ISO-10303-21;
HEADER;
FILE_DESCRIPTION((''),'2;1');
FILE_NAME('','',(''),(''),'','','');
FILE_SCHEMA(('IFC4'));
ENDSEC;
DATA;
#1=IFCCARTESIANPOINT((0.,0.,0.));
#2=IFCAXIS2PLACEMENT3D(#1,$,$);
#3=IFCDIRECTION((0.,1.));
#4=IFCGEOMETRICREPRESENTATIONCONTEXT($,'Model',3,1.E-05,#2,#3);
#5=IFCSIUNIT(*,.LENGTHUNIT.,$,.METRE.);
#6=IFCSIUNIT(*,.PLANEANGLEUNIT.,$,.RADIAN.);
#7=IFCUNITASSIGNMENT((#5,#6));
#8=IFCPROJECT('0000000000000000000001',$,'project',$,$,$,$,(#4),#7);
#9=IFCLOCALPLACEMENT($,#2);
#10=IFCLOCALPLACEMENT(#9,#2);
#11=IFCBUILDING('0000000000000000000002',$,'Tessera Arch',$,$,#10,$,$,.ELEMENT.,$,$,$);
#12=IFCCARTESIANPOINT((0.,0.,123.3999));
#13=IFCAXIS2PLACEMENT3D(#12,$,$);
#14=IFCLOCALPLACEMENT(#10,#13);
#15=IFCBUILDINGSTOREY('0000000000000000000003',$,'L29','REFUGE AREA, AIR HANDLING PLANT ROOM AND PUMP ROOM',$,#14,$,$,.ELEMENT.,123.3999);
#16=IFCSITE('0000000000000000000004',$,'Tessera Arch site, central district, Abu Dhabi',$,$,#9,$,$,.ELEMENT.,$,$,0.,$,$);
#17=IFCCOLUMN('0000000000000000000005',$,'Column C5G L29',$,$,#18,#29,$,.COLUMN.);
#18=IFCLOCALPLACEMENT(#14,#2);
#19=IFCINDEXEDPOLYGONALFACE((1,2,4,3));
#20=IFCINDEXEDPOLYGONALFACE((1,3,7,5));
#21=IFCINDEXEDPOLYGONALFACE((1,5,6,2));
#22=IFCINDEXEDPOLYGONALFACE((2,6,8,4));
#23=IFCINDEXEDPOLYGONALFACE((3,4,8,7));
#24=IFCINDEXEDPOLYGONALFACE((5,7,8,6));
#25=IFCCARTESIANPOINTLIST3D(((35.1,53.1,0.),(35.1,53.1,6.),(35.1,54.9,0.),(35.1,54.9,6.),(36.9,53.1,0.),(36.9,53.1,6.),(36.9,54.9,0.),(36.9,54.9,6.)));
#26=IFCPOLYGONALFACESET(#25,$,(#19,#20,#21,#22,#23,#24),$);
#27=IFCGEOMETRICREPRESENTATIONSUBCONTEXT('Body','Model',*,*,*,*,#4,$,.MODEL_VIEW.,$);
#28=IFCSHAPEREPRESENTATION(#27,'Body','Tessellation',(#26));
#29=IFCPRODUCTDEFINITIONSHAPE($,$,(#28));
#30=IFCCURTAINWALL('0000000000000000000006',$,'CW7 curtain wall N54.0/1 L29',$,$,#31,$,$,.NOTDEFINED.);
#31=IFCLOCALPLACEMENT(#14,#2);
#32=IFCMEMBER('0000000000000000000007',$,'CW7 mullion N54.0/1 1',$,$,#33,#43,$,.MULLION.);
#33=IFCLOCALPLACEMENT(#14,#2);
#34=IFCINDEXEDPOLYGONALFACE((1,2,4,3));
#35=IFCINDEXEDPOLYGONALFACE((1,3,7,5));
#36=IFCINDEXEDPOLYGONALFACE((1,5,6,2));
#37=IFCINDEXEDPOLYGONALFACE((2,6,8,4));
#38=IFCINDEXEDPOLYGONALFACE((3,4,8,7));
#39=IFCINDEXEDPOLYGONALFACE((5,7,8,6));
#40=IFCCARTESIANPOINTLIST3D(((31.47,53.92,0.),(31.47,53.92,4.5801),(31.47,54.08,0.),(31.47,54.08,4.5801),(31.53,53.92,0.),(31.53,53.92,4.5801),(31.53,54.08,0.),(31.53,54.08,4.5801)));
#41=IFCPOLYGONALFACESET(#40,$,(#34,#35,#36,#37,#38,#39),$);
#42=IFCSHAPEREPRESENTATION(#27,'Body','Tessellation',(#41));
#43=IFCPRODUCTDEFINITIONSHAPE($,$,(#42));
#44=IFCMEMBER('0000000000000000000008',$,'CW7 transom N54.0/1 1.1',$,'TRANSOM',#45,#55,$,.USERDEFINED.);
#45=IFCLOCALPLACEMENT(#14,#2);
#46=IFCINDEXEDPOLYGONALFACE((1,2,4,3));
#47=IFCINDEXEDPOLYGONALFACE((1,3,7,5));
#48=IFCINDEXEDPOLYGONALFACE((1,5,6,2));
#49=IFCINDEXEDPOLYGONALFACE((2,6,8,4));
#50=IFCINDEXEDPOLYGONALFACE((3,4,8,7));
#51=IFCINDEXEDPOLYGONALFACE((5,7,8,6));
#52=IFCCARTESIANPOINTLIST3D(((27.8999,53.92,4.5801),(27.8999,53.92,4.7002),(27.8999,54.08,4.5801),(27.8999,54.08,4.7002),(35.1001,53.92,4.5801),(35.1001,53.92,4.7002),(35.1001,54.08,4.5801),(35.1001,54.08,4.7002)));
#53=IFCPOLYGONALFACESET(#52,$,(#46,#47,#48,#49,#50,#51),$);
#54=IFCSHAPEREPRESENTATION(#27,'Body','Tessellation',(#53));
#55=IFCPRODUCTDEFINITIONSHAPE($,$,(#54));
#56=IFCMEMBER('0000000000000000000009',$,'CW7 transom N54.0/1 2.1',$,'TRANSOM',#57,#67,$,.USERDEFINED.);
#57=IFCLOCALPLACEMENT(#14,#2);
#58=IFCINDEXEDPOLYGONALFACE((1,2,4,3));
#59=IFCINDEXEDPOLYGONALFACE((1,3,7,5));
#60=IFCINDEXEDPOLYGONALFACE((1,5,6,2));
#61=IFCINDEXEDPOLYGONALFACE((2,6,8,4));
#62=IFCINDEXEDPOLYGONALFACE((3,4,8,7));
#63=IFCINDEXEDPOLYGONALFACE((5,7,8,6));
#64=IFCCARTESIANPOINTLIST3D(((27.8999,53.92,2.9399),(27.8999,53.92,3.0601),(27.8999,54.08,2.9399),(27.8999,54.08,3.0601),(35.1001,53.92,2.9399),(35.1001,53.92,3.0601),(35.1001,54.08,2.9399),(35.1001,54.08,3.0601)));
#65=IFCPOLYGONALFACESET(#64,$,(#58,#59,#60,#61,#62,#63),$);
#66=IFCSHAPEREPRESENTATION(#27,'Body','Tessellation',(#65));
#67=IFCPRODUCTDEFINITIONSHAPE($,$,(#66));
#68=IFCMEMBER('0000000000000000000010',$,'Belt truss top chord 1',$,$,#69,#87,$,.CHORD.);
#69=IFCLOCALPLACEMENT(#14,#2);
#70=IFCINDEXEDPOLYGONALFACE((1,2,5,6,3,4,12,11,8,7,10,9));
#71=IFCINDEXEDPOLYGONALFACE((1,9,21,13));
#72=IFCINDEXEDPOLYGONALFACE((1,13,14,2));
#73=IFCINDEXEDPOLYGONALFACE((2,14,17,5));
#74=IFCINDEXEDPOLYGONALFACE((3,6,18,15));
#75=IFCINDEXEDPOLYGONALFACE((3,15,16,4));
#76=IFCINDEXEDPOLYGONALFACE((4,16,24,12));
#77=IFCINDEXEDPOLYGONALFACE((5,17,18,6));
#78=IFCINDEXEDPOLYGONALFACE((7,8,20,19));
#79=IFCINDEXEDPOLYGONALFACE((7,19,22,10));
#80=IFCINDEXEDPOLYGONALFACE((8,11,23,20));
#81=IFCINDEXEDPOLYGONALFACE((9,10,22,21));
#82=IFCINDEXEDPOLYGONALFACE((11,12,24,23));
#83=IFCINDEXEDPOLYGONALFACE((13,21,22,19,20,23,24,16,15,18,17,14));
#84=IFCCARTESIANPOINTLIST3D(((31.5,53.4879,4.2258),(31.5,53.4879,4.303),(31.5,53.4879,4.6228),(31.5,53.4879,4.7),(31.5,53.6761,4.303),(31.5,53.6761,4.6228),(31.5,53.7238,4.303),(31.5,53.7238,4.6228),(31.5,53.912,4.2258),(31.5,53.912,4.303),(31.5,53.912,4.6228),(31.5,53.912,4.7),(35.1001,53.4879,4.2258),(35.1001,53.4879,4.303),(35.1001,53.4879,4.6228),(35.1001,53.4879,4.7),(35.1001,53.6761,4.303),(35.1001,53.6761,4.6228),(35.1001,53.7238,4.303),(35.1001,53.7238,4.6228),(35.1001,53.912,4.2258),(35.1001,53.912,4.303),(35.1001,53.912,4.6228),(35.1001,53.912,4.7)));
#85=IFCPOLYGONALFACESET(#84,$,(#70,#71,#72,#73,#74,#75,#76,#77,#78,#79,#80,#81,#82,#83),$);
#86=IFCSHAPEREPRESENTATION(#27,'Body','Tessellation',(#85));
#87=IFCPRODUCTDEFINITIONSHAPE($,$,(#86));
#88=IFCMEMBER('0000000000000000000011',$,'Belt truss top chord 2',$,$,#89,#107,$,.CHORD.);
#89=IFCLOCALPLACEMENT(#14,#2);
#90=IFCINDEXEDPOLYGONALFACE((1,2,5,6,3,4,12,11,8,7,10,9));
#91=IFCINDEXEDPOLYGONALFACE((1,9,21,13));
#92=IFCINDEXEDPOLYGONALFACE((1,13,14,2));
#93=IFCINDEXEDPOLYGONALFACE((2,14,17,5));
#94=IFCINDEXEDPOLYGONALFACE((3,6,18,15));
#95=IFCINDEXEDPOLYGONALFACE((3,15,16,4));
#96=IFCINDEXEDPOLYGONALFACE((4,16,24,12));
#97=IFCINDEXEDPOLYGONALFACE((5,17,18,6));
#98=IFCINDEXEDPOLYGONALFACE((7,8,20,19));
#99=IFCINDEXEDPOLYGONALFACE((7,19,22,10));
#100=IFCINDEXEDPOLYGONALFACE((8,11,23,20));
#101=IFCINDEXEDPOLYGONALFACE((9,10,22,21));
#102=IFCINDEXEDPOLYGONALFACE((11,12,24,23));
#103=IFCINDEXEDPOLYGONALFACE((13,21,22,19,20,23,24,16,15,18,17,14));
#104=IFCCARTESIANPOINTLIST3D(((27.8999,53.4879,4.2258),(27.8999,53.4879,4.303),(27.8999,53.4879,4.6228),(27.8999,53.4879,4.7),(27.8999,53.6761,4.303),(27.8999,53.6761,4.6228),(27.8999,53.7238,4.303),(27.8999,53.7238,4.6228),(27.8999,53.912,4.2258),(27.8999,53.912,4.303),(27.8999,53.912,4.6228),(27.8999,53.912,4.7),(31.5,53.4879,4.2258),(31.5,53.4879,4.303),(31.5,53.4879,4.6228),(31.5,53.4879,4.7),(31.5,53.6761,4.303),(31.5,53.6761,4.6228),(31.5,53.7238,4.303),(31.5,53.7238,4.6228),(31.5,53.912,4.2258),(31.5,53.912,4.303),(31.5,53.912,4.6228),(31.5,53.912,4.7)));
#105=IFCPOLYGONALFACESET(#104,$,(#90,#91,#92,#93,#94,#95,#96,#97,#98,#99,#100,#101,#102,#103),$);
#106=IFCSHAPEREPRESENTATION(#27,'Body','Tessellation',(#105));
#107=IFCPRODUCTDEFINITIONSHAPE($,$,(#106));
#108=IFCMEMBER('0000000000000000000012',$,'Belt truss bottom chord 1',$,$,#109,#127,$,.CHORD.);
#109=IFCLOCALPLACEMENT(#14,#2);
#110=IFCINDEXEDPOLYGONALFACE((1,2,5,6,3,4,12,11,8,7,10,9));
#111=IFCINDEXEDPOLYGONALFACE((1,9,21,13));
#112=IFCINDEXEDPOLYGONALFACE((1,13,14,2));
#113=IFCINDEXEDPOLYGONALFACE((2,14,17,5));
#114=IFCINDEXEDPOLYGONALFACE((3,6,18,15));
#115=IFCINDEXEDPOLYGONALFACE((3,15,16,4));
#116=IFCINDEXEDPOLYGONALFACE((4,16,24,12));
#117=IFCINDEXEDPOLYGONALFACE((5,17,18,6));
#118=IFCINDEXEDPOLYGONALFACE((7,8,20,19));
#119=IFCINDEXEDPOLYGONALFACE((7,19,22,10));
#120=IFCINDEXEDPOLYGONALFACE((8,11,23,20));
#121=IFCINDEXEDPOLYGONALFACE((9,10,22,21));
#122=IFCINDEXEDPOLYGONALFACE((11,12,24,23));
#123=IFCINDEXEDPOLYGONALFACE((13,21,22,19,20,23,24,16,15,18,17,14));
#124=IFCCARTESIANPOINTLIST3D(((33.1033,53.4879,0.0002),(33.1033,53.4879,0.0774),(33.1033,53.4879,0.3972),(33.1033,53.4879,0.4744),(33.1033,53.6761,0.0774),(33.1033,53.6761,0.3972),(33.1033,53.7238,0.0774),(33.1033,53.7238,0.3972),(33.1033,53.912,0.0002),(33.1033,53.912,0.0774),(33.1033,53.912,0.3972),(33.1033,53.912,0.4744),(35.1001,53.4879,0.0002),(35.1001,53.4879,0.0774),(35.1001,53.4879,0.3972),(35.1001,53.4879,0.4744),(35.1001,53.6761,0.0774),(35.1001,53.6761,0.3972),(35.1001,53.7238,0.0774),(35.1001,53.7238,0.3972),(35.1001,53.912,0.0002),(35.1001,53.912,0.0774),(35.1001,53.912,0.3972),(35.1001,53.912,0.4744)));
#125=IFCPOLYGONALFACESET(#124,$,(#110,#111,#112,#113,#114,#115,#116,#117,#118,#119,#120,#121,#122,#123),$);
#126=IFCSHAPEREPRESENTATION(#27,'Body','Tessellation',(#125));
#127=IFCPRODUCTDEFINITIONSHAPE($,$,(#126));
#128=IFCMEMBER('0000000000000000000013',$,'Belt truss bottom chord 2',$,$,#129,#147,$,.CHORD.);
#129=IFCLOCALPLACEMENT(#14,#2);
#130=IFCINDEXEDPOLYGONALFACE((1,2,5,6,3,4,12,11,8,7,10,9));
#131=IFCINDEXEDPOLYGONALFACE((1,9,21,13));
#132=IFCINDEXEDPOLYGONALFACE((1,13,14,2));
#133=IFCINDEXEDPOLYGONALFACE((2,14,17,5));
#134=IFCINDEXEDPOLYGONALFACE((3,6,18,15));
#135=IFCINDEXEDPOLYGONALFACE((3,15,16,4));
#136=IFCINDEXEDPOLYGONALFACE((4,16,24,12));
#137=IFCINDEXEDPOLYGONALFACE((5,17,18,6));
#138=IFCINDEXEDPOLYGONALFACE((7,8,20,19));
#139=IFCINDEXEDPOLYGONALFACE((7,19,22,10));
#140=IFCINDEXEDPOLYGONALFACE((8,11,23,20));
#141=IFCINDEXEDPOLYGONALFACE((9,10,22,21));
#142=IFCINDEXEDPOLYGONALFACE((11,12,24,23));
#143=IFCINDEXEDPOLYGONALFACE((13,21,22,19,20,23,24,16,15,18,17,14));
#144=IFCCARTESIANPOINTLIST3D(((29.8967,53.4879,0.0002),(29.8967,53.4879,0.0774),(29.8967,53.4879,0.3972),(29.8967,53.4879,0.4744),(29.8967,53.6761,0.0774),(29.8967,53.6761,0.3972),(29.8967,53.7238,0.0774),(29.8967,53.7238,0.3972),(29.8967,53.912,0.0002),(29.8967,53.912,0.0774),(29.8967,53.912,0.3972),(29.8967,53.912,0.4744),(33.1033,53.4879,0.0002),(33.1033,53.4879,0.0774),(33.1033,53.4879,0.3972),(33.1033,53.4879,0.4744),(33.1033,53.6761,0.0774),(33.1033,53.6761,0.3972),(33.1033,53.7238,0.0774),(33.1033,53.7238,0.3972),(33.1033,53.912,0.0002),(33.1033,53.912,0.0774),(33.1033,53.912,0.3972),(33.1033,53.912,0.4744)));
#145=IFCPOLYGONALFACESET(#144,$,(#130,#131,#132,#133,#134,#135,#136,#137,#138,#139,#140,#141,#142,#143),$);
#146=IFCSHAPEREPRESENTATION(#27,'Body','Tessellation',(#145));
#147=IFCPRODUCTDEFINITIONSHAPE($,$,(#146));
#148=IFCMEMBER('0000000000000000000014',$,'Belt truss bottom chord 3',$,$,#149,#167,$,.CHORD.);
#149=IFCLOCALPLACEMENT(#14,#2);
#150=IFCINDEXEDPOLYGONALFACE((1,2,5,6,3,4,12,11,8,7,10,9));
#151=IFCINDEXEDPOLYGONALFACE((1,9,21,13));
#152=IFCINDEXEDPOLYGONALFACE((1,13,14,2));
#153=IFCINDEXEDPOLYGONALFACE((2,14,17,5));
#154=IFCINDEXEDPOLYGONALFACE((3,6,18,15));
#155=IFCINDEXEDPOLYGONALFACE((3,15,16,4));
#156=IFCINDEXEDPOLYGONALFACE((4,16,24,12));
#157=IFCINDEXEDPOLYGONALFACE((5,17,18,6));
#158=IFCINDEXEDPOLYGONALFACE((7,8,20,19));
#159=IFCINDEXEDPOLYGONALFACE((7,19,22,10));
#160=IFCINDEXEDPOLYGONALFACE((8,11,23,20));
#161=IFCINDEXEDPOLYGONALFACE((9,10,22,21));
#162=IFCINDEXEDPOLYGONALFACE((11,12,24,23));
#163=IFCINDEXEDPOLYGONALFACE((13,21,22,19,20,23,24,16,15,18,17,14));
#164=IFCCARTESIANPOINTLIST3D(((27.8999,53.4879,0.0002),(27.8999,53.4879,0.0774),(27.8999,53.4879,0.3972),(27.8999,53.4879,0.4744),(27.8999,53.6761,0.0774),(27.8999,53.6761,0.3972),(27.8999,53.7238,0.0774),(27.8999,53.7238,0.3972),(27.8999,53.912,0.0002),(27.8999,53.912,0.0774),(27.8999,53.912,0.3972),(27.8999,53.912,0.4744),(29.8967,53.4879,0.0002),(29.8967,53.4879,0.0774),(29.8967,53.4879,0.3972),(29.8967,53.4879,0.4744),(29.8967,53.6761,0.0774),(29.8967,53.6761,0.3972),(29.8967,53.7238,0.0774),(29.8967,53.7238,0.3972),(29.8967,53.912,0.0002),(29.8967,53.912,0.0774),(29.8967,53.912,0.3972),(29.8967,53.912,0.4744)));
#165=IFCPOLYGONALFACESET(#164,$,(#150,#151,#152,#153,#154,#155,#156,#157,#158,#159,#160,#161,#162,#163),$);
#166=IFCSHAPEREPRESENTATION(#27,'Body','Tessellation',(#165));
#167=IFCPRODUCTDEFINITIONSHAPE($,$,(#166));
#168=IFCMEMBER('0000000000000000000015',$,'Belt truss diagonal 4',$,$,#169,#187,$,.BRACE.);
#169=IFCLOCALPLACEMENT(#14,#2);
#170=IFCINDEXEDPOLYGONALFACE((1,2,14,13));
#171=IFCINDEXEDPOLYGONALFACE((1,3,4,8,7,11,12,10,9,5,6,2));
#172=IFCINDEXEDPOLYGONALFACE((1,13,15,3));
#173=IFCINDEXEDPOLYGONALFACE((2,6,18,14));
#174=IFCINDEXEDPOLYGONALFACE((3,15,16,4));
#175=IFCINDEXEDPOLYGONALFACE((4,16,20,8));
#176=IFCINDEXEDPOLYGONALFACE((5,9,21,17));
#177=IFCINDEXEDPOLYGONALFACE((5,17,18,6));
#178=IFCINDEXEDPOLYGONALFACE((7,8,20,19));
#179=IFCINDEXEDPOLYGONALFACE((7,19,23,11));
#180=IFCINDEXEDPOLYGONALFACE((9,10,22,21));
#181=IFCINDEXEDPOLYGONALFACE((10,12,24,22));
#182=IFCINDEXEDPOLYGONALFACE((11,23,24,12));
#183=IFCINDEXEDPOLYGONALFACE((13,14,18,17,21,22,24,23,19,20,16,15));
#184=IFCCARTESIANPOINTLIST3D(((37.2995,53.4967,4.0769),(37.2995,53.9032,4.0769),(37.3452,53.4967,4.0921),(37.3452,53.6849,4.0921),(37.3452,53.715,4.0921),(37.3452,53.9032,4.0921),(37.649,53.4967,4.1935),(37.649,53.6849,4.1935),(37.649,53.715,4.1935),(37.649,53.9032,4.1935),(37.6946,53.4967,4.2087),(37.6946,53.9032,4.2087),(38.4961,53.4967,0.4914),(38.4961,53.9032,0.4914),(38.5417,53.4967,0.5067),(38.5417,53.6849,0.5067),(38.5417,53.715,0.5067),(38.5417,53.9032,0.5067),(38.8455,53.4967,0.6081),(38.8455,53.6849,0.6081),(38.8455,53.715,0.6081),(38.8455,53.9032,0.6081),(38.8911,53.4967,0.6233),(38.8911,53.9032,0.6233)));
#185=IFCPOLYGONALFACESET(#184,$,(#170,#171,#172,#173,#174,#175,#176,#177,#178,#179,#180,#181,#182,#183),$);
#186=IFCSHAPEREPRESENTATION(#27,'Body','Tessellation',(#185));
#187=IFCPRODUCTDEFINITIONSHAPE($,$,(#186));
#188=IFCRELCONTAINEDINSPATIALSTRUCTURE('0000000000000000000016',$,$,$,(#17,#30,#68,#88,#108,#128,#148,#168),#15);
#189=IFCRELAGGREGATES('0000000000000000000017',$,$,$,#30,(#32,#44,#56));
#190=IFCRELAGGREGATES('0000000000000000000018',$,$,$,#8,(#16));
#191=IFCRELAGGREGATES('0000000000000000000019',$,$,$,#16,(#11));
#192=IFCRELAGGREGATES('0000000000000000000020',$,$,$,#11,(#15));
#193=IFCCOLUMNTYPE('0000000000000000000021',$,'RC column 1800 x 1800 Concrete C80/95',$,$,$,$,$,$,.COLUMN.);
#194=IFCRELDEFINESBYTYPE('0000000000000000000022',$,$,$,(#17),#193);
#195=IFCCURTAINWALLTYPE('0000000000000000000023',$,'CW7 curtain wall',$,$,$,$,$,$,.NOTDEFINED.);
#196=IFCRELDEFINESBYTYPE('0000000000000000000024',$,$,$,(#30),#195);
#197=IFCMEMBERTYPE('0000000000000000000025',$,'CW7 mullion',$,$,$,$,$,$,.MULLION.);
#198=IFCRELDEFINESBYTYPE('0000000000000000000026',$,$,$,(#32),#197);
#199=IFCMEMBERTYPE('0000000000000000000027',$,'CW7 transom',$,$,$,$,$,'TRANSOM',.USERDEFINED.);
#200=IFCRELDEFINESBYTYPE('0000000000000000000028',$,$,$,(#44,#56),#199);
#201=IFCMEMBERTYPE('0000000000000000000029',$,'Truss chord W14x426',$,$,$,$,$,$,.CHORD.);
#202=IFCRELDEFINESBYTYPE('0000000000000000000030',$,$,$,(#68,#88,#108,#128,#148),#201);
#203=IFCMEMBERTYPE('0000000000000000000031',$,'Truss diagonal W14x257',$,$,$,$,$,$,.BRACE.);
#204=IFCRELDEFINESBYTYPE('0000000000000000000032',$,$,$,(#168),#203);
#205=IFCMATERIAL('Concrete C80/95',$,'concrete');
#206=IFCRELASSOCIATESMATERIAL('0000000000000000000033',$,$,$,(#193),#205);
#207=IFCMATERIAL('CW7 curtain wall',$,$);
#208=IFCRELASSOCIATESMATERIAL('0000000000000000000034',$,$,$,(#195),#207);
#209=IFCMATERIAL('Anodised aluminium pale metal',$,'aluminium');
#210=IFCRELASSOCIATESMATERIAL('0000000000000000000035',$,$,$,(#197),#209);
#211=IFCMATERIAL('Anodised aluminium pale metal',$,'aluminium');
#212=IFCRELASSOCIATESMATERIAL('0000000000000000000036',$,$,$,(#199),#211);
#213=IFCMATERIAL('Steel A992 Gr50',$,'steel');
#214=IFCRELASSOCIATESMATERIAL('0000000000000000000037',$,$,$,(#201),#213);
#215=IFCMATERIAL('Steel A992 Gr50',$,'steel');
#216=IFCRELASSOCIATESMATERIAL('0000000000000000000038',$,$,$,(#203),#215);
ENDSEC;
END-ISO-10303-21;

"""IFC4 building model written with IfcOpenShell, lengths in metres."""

from ifc_helpers import new_model, si_unit, direction, frame, origin, origin_2d, place, context, subcontext, project, spatial, rectangle, i_section, extrude, material, material_profile, profile_set, type_object, element, aggregate, save


model = new_model("IFC4")

# Units and contexts
model_context = context("Model", 3, precision=1e-05, world=origin(), true_north=direction((0.0, 1.0)))
body_context = subcontext(model_context, "Body", "Model", "MODEL_VIEW")
ifc_project = project(units=[si_unit("LENGTHUNIT", "METRE"), si_unit("PLANEANGLEUNIT", "RADIAN")], contexts=[model_context])

# Site, building, storey
site_placement = place(None, origin())
site = spatial("IfcSite", under=ifc_project, at=site_placement, Name="Tessera Arch site, central district, Abu Dhabi", CompositionType="ELEMENT", RefElevation=0.0)
building_placement = place(site_placement, origin())
building = spatial("IfcBuilding", under=site, at=building_placement, Name="Tessera Arch", CompositionType="ELEMENT")
storey_placement = place(building_placement, frame((0.0, 0.0, 123.3999)))
storey = spatial("IfcBuildingStorey", under=building, at=storey_placement, Name="L29", Description="REFUGE AREA, AIR HANDLING PLANT ROOM AND PUMP ROOM", CompositionType="ELEMENT", Elevation=123.3999)

# Column
ifc_material_1 = material(Name="Concrete C80/95", Category="concrete")
ifc_material_profile_1 = material_profile(ifc_material_1, rectangle(XDim=1.8, YDim=1.8, at=origin_2d()), Name="RC column 1800 x 1800 Concrete C80/95")
ifc_profile_set_1 = profile_set([ifc_material_profile_1], Name="Concrete C80/95")
column_type = type_object("IfcColumnType", Name="RC column 1800 x 1800 Concrete C80/95", PredefinedType="COLUMN", material=ifc_profile_set_1)
column_placement = place(storey_placement, frame((36.0, 54.0, 0.0), z_axis=(0.0, 0.0, 1.0), x_axis=(1.0, 0.0, 0.0)))
element("IfcColumn", 1, at=column_placement, inside=storey, type_object=column_type, Name="Column C5G L29", PredefinedType="COLUMN", context=body_context, shape_type="SweptSolid", body=[
    extrude(rectangle(XDim=1.8, YDim=1.8, at=origin_2d()), origin(), (0.0, 0.0, 1.0), 6.0),
])

# Curtain wall, members
ifc_material_2 = material(Name="CW7 curtain wall")
curtain_wall_type = type_object("IfcCurtainWallType", Name="CW7 curtain wall", PredefinedType="NOTDEFINED", material=ifc_material_2)
curtain_wall_1_placement = place(storey_placement, origin())
curtain_wall_1 = element("IfcCurtainWall", 2, at=curtain_wall_1_placement, inside=storey, type_object=curtain_wall_type, Name="CW7 curtain wall N54.0/1 L29", PredefinedType="NOTDEFINED")
ifc_material_3 = material(Name="Anodised aluminium pale metal", Category="aluminium")
ifc_material_profile_2 = material_profile(ifc_material_3, rectangle(XDim=0.1599, YDim=0.0601, at=origin_2d()), Name="AL 60x160")
ifc_profile_set_2 = profile_set([ifc_material_profile_2], Name="Anodised aluminium pale metal")
member_type_1 = type_object("IfcMemberType", Name="CW7 mullion", PredefinedType="MULLION", material=ifc_profile_set_2)
member_1_placement = place(storey_placement, frame((31.5, 54.0, 0.0), z_axis=(0.0, 0.0, 1.0), x_axis=(0.0, -1.0, 0.0)))
member_1 = element("IfcMember", 3, at=member_1_placement, type_object=member_type_1, Name="CW7 mullion N54.0/1 1", PredefinedType="MULLION", context=body_context, shape_type="SweptSolid", body=[
    extrude(rectangle(XDim=0.1599, YDim=0.0601, at=origin_2d()), origin(), (0.0, 0.0, 1.0), 4.5801),
])
ifc_material_4 = material(Name="Anodised aluminium pale metal", Category="aluminium")
ifc_material_profile_3 = material_profile(ifc_material_4, rectangle(XDim=0.1599, YDim=0.1201, at=origin_2d()), Name="AL 160x120")
ifc_profile_set_3 = profile_set([ifc_material_profile_3], Name="Anodised aluminium pale metal")
member_type_2 = type_object("IfcMemberType", Name="CW7 transom", ElementType="TRANSOM", PredefinedType="USERDEFINED", material=ifc_profile_set_3)
member_2_placement = place(storey_placement, frame((35.1001, 54.0, 4.6401), z_axis=(-1.0, 0.0, 0.0), x_axis=(0.0, -1.0, 0.0)))
member_2 = element("IfcMember", 4, at=member_2_placement, type_object=member_type_2, Name="CW7 transom N54.0/1 1.1", ObjectType="TRANSOM", PredefinedType="USERDEFINED", context=body_context, shape_type="SweptSolid", body=[
    extrude(rectangle(XDim=0.1599, YDim=0.1201, at=origin_2d()), origin(), (0.0, 0.0, 1.0), 7.2002),
])
member_3_placement = place(storey_placement, frame((35.1001, 54.0, 3.0), z_axis=(-1.0, 0.0, 0.0), x_axis=(0.0, -1.0, 0.0)))
member_3 = element("IfcMember", 5, at=member_3_placement, type_object=member_type_2, Name="CW7 transom N54.0/1 2.1", ObjectType="TRANSOM", PredefinedType="USERDEFINED", context=body_context, shape_type="SweptSolid", body=[
    extrude(rectangle(XDim=0.1599, YDim=0.1201, at=origin_2d()), origin(), (0.0, 0.0, 1.0), 7.2002),
])

# Members
ifc_material_5 = material(Name="Steel A992 Gr50", Category="steel")
ifc_material_profile_4 = material_profile(ifc_material_5, i_section(OverallWidth=0.4241, OverallDepth=0.4741, WebThickness=0.0476, FlangeThickness=0.0771, at=origin_2d()), Name="W14x426")
ifc_profile_set_4 = profile_set([ifc_material_profile_4], Name="Steel A992 Gr50")
member_type_3 = type_object("IfcMemberType", Name="Truss chord W14x426", PredefinedType="CHORD", material=ifc_profile_set_4)
for number, where, z_axis, x_axis, name in (
    (6, (35.1001, 53.7, 4.4629), (-1.0, 0.0, 0.0), (0.0, -1.0, 0.0), "Belt truss top chord 1"),
    (7, (31.5, 53.7, 4.4629), (-1.0, 0.0, 0.0), (0.0, -1.0, 0.0), "Belt truss top chord 2"),
):
    element("IfcMember", number, at=place(storey_placement, frame(where, z_axis=z_axis, x_axis=x_axis)), inside=storey, type_object=member_type_3, Name=name, PredefinedType="CHORD", context=body_context, shape_type="SweptSolid", body=[
        extrude(i_section(OverallWidth=0.4241, OverallDepth=0.4741, WebThickness=0.0476, FlangeThickness=0.0771, at=origin_2d()), origin(), (0.0, 0.0, 1.0), 3.6001),
    ])
member_4_placement = place(storey_placement, frame((35.1001, 53.7, 0.2373), z_axis=(-1.0, 0.0, 0.0), x_axis=(0.0, -1.0, 0.0)))
element("IfcMember", 8, at=member_4_placement, inside=storey, type_object=member_type_3, Name="Belt truss bottom chord 1", PredefinedType="CHORD", context=body_context, shape_type="SweptSolid", body=[
    extrude(i_section(OverallWidth=0.4241, OverallDepth=0.4741, WebThickness=0.0476, FlangeThickness=0.0771, at=origin_2d()), origin(), (0.0, 0.0, 1.0), 1.9968),
])
member_5_placement = place(storey_placement, frame((33.1033, 53.7, 0.2373), z_axis=(-1.0, 0.0, 0.0), x_axis=(0.0, -1.0, 0.0)))
element("IfcMember", 9, at=member_5_placement, inside=storey, type_object=member_type_3, Name="Belt truss bottom chord 2", PredefinedType="CHORD", context=body_context, shape_type="SweptSolid", body=[
    extrude(i_section(OverallWidth=0.4241, OverallDepth=0.4741, WebThickness=0.0476, FlangeThickness=0.0771, at=origin_2d()), origin(), (0.0, 0.0, 1.0), 3.2065),
])
member_6_placement = place(storey_placement, frame((29.8967, 53.7, 0.2373), z_axis=(-1.0, 0.0, 0.0), x_axis=(0.0, -1.0, 0.0)))
element("IfcMember", 10, at=member_6_placement, inside=storey, type_object=member_type_3, Name="Belt truss bottom chord 3", PredefinedType="CHORD", context=body_context, shape_type="SweptSolid", body=[
    extrude(i_section(OverallWidth=0.4241, OverallDepth=0.4741, WebThickness=0.0476, FlangeThickness=0.0771, at=origin_2d()), origin(), (0.0, 0.0, 1.0), 1.9968),
])
ifc_material_6 = material(Name="Steel A992 Gr50", Category="steel")
ifc_material_profile_5 = material_profile(ifc_material_6, i_section(OverallWidth=0.4065, OverallDepth=0.4165, WebThickness=0.03, FlangeThickness=0.0481, at=origin_2d()), Name="W14x257")
ifc_profile_set_5 = profile_set([ifc_material_profile_5], Name="Steel A992 Gr50")
member_type_4 = type_object("IfcMemberType", Name="Truss diagonal W14x257", PredefinedType="BRACE", material=ifc_profile_set_5)
for number, where, z_axis, x_axis, name in (
    (11, (38.6936, 53.7, 0.5574), (-0.316557, 0.0, 0.948573), (0.0, -1.0, 0.0), "Belt truss diagonal 4"),
):
    element("IfcMember", number, at=place(storey_placement, frame(where, z_axis=z_axis, x_axis=x_axis)), inside=storey, type_object=member_type_4, Name=name, PredefinedType="BRACE", context=body_context, shape_type="SweptSolid", body=[
        extrude(i_section(OverallWidth=0.4065, OverallDepth=0.4165, WebThickness=0.03, FlangeThickness=0.0481, at=origin_2d()), origin(), (0.0, 0.0, 1.0), 3.7798),
    ])

aggregate(curtain_wall_1, [member_1, member_2, member_3])

save(model, "model.ifc")
